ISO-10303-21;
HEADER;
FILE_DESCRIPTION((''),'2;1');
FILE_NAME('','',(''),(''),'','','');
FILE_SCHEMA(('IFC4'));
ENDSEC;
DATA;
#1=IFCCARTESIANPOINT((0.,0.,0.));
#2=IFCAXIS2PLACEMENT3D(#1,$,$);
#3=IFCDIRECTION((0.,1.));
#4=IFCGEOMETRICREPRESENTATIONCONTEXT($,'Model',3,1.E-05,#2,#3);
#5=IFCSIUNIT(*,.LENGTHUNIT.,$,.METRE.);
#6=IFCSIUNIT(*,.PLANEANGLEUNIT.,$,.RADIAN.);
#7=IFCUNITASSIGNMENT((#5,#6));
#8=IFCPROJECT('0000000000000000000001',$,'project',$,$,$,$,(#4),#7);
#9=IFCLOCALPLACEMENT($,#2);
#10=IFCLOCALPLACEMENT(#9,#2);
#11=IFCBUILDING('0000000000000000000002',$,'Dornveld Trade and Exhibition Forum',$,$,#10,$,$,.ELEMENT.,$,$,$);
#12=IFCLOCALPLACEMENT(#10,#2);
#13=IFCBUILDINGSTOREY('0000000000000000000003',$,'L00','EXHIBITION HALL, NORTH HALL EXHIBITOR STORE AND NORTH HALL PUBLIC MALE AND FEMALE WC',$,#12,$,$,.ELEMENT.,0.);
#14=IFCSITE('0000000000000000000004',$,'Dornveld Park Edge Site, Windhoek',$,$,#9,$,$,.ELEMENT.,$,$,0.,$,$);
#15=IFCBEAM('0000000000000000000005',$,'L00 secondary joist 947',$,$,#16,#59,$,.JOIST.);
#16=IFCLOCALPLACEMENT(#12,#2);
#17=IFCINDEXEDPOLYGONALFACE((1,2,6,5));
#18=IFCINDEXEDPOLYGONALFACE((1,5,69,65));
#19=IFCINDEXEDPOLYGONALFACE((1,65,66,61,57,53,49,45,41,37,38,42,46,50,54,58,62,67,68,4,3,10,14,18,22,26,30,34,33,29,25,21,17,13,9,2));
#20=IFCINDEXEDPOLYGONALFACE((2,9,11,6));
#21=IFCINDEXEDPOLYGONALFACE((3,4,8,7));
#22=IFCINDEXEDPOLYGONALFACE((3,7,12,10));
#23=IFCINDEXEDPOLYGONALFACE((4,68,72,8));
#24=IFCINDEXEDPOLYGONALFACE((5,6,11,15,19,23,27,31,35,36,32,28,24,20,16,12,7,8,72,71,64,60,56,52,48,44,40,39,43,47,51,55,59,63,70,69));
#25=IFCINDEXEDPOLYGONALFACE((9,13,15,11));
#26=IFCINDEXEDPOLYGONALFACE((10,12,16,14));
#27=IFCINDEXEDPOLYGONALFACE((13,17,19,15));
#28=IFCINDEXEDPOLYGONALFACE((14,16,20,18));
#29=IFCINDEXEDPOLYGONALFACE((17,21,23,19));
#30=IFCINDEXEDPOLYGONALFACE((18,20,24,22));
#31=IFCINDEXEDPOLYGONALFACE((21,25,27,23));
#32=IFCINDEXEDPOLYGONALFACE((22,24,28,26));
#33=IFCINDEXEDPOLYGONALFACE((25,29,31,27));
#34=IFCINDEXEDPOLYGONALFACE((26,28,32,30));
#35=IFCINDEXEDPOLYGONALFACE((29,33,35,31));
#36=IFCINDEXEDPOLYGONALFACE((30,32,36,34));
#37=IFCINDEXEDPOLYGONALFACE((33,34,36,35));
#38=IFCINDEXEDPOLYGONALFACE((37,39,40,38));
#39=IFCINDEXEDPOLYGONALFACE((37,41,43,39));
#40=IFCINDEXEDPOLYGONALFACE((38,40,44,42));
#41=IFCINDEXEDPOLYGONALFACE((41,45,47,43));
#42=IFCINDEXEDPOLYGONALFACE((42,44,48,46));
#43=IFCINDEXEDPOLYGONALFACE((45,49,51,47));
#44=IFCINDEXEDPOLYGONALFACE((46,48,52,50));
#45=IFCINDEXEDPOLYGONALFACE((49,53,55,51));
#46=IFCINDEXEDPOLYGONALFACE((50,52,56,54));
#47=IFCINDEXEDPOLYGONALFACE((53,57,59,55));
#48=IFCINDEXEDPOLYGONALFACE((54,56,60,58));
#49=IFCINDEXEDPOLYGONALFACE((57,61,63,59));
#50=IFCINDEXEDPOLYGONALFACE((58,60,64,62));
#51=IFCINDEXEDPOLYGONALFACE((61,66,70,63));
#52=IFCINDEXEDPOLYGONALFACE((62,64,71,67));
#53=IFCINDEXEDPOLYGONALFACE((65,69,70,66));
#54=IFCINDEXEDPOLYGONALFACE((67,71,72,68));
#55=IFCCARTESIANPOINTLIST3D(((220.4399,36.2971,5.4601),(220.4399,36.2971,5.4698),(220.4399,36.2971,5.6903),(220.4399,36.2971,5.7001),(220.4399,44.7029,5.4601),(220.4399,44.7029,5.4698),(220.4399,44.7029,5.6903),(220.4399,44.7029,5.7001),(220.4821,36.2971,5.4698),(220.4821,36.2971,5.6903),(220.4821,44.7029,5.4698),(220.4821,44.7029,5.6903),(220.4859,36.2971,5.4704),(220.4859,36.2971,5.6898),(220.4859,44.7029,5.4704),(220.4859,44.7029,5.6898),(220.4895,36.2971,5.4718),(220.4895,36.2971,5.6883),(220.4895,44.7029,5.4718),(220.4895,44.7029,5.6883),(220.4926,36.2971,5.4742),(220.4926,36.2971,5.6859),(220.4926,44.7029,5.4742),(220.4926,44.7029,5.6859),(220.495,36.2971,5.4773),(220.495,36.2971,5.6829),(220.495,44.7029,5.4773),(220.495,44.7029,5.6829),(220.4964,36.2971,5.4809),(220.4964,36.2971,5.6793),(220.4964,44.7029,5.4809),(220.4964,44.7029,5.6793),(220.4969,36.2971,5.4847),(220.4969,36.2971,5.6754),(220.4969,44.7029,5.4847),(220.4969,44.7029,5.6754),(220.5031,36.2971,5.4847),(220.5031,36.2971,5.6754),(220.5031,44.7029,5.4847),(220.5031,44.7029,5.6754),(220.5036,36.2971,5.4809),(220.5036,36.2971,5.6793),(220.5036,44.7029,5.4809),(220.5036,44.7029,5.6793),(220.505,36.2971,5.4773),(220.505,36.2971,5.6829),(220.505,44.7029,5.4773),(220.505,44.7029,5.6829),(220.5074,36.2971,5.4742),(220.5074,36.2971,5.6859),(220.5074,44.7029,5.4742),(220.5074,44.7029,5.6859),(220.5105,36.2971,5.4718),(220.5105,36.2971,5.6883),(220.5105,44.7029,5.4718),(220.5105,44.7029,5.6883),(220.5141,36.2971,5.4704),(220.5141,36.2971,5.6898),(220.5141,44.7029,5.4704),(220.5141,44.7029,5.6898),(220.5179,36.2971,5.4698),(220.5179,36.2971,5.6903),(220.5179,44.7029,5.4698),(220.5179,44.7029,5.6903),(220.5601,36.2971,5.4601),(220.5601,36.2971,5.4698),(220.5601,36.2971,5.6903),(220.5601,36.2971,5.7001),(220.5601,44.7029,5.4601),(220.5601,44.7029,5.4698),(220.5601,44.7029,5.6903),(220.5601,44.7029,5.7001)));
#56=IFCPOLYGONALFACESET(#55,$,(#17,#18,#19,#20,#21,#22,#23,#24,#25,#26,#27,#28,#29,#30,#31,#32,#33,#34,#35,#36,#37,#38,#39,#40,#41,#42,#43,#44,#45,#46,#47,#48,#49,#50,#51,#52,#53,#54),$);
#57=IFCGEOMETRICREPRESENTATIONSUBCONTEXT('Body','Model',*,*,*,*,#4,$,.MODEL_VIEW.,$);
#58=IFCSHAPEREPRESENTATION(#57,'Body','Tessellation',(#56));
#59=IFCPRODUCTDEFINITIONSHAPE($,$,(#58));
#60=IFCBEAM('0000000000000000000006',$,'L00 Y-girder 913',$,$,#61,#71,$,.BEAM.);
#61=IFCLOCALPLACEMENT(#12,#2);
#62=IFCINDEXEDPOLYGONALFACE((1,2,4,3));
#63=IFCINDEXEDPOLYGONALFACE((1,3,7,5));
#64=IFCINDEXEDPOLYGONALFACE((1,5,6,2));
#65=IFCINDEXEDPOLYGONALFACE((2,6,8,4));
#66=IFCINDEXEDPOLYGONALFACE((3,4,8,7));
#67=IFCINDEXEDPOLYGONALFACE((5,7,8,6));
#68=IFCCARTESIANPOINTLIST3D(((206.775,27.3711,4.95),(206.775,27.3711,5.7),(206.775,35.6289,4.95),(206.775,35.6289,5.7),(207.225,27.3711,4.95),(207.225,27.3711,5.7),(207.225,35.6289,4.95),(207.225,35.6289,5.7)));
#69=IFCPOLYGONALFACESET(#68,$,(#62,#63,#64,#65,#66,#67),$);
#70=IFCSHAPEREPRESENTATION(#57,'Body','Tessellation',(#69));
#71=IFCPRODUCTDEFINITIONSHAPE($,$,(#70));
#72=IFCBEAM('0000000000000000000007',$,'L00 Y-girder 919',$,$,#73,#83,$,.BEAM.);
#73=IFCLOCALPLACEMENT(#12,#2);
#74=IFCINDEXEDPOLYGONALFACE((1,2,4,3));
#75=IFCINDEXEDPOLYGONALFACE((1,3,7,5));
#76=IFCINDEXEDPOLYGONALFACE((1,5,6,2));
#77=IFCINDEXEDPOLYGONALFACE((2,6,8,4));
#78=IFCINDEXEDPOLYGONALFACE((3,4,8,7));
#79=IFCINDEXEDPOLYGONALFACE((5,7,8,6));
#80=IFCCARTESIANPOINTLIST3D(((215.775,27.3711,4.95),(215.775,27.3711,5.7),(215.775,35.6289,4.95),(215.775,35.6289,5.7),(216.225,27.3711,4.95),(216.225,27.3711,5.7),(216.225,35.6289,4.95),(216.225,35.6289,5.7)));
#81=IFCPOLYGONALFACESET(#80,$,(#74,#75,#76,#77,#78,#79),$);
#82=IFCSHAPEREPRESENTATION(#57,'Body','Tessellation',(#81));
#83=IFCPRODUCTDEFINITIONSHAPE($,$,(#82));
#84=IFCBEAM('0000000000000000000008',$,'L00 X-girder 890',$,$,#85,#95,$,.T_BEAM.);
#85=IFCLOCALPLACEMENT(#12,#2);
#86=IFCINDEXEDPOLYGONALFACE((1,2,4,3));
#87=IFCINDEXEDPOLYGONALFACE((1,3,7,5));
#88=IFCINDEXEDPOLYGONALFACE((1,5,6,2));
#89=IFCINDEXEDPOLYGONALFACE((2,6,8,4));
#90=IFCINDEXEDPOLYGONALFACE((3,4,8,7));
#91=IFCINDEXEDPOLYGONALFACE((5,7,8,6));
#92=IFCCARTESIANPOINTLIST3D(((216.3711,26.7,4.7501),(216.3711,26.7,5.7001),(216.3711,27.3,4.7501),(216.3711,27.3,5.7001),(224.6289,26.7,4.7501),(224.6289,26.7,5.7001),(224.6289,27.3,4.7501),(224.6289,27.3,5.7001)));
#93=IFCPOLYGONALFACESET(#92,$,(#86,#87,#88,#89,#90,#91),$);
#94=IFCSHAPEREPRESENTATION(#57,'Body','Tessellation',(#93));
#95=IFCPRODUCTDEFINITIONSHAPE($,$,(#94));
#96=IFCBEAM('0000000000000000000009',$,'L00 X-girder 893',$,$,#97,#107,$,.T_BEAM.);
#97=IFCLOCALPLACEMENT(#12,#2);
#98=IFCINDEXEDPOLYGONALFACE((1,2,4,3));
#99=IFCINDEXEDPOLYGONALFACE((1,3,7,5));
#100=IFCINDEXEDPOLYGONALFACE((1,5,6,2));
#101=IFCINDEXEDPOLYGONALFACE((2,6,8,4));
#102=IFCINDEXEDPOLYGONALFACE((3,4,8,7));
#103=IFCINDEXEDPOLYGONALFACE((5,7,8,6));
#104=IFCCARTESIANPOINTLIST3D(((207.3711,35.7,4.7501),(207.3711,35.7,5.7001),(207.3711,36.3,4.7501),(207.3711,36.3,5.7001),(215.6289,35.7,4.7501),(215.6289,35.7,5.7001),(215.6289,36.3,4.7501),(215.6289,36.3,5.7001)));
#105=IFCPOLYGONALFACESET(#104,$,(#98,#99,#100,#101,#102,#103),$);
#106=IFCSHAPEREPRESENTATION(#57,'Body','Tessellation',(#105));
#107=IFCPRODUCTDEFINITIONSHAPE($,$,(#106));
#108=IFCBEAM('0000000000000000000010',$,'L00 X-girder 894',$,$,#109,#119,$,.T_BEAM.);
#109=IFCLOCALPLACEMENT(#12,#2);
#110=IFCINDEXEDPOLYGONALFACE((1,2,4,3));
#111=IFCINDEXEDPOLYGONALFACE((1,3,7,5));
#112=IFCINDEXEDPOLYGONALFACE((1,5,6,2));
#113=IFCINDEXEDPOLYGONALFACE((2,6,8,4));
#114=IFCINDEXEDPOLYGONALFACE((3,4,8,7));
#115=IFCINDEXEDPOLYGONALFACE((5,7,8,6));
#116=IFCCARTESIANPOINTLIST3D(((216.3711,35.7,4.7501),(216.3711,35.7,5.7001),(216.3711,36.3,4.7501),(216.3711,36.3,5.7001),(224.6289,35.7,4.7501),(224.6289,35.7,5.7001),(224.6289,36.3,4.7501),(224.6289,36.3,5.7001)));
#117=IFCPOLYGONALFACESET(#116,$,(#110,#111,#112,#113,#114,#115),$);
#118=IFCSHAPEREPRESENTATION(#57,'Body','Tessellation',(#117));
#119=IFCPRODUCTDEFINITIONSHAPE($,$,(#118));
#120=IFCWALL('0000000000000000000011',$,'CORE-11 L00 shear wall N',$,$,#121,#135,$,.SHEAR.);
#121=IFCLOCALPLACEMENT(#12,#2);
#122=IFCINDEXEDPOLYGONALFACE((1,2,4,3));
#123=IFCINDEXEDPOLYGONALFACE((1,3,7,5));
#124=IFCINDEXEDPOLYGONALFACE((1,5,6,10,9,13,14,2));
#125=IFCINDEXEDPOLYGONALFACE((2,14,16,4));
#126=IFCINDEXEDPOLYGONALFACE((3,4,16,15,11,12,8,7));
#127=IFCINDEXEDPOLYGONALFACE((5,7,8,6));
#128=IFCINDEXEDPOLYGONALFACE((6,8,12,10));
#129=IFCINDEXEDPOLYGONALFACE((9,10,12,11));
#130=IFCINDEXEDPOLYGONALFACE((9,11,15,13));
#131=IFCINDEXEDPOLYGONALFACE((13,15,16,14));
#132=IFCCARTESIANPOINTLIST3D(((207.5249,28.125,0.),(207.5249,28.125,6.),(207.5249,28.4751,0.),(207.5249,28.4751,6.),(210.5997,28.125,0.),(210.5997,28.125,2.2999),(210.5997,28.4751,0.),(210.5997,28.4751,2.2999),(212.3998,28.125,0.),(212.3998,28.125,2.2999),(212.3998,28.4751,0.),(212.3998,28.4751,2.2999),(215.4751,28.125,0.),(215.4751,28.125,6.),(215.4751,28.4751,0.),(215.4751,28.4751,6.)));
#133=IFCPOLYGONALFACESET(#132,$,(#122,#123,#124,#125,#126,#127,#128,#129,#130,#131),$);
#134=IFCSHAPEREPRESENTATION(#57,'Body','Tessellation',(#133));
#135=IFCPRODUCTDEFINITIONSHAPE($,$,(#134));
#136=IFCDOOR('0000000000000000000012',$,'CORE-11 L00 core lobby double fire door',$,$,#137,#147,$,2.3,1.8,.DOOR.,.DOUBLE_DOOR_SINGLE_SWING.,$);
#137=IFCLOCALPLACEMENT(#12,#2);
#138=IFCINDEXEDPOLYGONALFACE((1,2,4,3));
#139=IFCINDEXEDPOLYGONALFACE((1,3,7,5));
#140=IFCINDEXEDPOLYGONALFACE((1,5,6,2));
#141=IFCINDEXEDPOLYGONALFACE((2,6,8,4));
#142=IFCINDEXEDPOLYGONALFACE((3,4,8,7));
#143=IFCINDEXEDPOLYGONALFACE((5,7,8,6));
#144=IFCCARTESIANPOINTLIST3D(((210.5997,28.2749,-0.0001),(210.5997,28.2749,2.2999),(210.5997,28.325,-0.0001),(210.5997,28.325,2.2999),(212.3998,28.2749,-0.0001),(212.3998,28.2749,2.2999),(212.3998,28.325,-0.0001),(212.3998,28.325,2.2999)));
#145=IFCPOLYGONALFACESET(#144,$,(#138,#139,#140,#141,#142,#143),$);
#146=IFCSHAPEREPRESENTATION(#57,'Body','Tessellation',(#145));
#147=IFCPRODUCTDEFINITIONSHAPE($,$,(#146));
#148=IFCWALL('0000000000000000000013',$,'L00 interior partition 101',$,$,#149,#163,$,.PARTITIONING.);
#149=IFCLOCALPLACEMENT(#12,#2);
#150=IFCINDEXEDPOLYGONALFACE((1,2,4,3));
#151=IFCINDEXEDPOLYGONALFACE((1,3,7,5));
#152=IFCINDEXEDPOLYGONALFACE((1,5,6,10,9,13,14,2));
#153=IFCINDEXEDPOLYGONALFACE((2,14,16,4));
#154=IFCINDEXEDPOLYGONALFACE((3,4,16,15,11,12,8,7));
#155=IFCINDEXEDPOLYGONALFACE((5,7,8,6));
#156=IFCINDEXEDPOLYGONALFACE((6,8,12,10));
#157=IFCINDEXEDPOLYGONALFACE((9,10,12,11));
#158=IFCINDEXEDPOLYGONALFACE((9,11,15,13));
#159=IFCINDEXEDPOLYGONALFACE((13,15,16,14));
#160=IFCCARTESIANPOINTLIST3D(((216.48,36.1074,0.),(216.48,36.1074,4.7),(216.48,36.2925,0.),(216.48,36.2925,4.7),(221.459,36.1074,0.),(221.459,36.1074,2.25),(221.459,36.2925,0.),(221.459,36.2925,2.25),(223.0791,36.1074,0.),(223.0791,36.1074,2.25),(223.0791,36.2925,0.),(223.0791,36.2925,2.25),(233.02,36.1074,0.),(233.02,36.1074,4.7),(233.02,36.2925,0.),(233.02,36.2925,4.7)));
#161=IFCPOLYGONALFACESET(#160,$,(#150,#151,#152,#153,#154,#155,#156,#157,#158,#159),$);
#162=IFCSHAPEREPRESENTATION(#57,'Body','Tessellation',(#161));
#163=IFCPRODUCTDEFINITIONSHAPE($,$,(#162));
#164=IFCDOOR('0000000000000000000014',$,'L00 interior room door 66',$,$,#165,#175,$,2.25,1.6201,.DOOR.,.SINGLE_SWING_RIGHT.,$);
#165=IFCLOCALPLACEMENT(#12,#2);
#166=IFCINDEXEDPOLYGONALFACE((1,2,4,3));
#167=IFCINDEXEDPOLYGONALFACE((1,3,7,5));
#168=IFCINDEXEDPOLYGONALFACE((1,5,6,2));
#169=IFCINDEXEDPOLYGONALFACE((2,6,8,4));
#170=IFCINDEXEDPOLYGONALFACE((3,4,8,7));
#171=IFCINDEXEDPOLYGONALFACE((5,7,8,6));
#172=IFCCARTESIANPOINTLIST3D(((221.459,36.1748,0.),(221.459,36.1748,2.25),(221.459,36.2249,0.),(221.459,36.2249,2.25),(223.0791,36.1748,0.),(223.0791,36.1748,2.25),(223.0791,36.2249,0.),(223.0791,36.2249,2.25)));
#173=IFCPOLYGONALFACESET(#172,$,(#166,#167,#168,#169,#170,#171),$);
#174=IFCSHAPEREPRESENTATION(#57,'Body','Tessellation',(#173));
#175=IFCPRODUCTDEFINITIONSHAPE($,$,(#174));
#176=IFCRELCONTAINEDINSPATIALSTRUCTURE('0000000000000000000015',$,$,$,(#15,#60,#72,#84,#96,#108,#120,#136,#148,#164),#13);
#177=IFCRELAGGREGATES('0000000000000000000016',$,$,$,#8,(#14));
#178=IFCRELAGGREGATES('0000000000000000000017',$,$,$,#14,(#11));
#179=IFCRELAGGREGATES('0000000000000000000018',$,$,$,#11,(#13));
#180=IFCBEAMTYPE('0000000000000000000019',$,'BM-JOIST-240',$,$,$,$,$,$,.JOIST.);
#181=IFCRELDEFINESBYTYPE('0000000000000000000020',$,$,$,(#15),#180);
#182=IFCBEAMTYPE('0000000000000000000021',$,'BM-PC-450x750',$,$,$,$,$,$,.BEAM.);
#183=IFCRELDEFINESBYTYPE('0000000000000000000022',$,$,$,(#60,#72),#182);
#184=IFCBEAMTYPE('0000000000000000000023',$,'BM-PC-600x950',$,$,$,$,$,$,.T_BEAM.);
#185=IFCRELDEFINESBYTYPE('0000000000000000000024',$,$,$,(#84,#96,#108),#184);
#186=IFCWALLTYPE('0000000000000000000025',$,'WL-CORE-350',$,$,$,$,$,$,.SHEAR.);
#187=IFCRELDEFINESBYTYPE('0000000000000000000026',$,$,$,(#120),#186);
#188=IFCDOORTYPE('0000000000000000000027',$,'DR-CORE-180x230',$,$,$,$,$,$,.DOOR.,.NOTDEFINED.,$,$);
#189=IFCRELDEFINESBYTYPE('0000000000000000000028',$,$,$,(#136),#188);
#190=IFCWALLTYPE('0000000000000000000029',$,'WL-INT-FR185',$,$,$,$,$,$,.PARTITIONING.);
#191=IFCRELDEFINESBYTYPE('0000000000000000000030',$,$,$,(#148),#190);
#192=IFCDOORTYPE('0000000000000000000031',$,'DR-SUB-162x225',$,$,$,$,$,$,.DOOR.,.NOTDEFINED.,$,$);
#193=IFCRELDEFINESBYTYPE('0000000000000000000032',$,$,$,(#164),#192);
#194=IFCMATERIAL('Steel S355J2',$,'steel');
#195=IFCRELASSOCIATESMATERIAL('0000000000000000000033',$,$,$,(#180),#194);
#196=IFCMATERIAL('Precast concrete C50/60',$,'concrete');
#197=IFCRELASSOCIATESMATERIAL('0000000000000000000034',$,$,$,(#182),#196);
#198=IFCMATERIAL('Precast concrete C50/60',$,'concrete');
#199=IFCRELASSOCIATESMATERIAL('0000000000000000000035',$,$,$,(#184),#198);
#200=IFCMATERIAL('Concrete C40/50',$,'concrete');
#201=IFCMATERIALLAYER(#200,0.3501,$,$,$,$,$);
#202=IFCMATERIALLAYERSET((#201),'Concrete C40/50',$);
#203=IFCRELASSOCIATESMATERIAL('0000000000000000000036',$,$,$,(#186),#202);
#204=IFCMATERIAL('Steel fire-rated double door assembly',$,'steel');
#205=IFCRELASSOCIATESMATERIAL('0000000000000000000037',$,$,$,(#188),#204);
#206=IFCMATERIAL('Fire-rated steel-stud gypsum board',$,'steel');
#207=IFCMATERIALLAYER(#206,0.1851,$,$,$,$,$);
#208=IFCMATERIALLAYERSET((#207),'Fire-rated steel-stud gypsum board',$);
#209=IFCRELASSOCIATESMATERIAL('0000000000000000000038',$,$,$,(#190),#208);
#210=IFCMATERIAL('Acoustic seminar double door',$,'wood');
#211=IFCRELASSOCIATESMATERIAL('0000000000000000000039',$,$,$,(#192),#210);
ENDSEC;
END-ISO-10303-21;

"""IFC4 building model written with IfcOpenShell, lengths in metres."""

from ifc_helpers import new_model, si_unit, direction, frame, frame_2d, origin, origin_2d, place, context, subcontext, project, spatial, rectangle, i_section, extrude, material, layer, layer_set, material_profile, profile_set, type_object, element, fill, save


model = new_model("IFC4")

# Units and contexts
model_context = context("Model", 3, precision=1e-05, world=origin(), true_north=direction((0.0, 1.0)))
body_context = subcontext(model_context, "Body", "Model", "MODEL_VIEW")
ifc_project = project(units=[si_unit("LENGTHUNIT", "METRE"), si_unit("PLANEANGLEUNIT", "RADIAN")], contexts=[model_context])

# Site, building, storey
site_placement = place(None, origin())
site = spatial("IfcSite", under=ifc_project, at=site_placement, Name="Dornveld Park Edge Site, Windhoek", CompositionType="ELEMENT", RefElevation=0.0)
building_placement = place(site_placement, origin())
building = spatial("IfcBuilding", under=site, at=building_placement, Name="Dornveld Trade and Exhibition Forum", CompositionType="ELEMENT")
storey_placement = place(building_placement, origin())
storey = spatial("IfcBuildingStorey", under=building, at=storey_placement, Name="L00", Description="EXHIBITION HALL, NORTH HALL EXHIBITOR STORE AND NORTH HALL PUBLIC MALE AND FEMALE WC", CompositionType="ELEMENT", Elevation=0.0)

# Beams
ifc_material_1 = material(Name="Steel S355J2", Category="steel")
ifc_material_profile_1 = material_profile(ifc_material_1, i_section(OverallWidth=0.1201, OverallDepth=0.24, WebThickness=0.0061, FlangeThickness=0.0098, FilletRadius=0.0149, at=origin_2d()), Name="IPE 240")
ifc_profile_set_1 = profile_set([ifc_material_profile_1], Name="Steel S355J2")
beam_type_1 = type_object("IfcBeamType", Name="BM-JOIST-240", PredefinedType="JOIST", material=ifc_profile_set_1)
for number, where, z_axis, x_axis, name in (
    (1, (220.5, 36.2971, 5.5801), (0.0, 1.0, 0.0), (-1.0, 0.0, 0.0), "L00 secondary joist 947"),
):
    element("IfcBeam", number, at=place(storey_placement, frame(where, z_axis=z_axis, x_axis=x_axis)), inside=storey, type_object=beam_type_1, Name=name, PredefinedType="JOIST", context=body_context, shape_type="SweptSolid", body=[
        extrude(i_section(OverallWidth=0.1201, OverallDepth=0.24, WebThickness=0.0061, FlangeThickness=0.0098, FilletRadius=0.0149, at=origin_2d()), origin(), (0.0, 0.0, 1.0), 8.4058),
    ])
ifc_material_2 = material(Name="Precast concrete C50/60", Category="concrete")
ifc_material_profile_2 = material_profile(ifc_material_2, rectangle(XDim=0.45, YDim=0.75, at=origin_2d()), Name="PC-BM 450x750")
ifc_profile_set_2 = profile_set([ifc_material_profile_2], Name="Precast concrete C50/60")
beam_type_2 = type_object("IfcBeamType", Name="BM-PC-450x750", PredefinedType="BEAM", material=ifc_profile_set_2)
for number, where, z_axis, x_axis, name in (
    (2, (207.0, 27.3711, 5.325), (0.0, 1.0, 0.0), (-1.0, 0.0, 0.0), "L00 Y-girder 913"),
    (3, (216.0, 27.3711, 5.325), (0.0, 1.0, 0.0), (-1.0, 0.0, 0.0), "L00 Y-girder 919"),
):
    element("IfcBeam", number, at=place(storey_placement, frame(where, z_axis=z_axis, x_axis=x_axis)), inside=storey, type_object=beam_type_2, Name=name, PredefinedType="BEAM", context=body_context, shape_type="SweptSolid", body=[
        extrude(rectangle(XDim=0.45, YDim=0.75, at=origin_2d()), origin(), (0.0, 0.0, 1.0), 8.2578),
    ])
ifc_material_3 = material(Name="Precast concrete C50/60", Category="concrete")
ifc_material_profile_3 = material_profile(ifc_material_3, rectangle(XDim=0.6001, YDim=0.95, at=origin_2d()), Name="PC-GIR 600x950")
ifc_profile_set_3 = profile_set([ifc_material_profile_3], Name="Precast concrete C50/60")
beam_type_3 = type_object("IfcBeamType", Name="BM-PC-600x950", PredefinedType="T_BEAM", material=ifc_profile_set_3)
for number, where, z_axis, x_axis, name in (
    (4, (216.3711, 27.0, 5.2251), (1.0, 0.0, 0.0), (0.0, 1.0, 0.0), "L00 X-girder 890"),
    (5, (207.3711, 36.0, 5.2251), (1.0, 0.0, 0.0), (0.0, 1.0, 0.0), "L00 X-girder 893"),
    (6, (216.3711, 36.0, 5.2251), (1.0, 0.0, 0.0), (0.0, 1.0, 0.0), "L00 X-girder 894"),
):
    element("IfcBeam", number, at=place(storey_placement, frame(where, z_axis=z_axis, x_axis=x_axis)), inside=storey, type_object=beam_type_3, Name=name, PredefinedType="T_BEAM", context=body_context, shape_type="SweptSolid", body=[
        extrude(rectangle(XDim=0.6001, YDim=0.95, at=origin_2d()), origin(), (0.0, 0.0, 1.0), 8.2578),
    ])

# Walls, openings, doors
ifc_material_4 = material(Name="Concrete C40/50", Category="concrete")
ifc_layer_1 = layer(ifc_material_4, 0.3501)
ifc_layer_set_1 = layer_set([ifc_layer_1], Name="Concrete C40/50")
wall_type_1 = type_object("IfcWallType", Name="WL-CORE-350", PredefinedType="SHEAR", material=ifc_layer_set_1)
wall_1_placement = place(storey_placement, frame((207.5249, 28.3, 0.0), z_axis=(0.0, 0.0, 1.0), x_axis=(1.0, 0.0, 0.0)))
wall_1 = element("IfcWall", 7, at=wall_1_placement, inside=storey, type_object=wall_type_1, Name="CORE-11 L00 shear wall N", PredefinedType="SHEAR", context=body_context, shape_type="SweptSolid", body=[
    extrude(rectangle(XDim=7.9502, YDim=0.3501, at=frame_2d((3.9751, 0.0))), origin(), (0.0, 0.0, 1.0), 6.0),
])
opening_1_placement = place(wall_1_placement, frame((3.075, 0.0, 0.0)))
opening_1 = element("IfcOpeningElement", 8, at=opening_1_placement, cuts=wall_1, PredefinedType="OPENING", context=body_context, shape_type="SweptSolid", body=[
    extrude(rectangle(XDim=1.8, YDim=2.3, at=frame_2d((0.8999, 1.1499))), frame((0.0, 0.1851, 0.0), z_axis=(0.0, -1.0, 0.0), x_axis=(1.0, 0.0, 0.0)), (0.0, 0.0, 1.0), 0.3701),
])
ifc_material_5 = material(Name="Steel fire-rated double door assembly", Category="steel")
door_type_1 = type_object("IfcDoorType", Name="DR-CORE-180x230", OperationType="NOTDEFINED", PredefinedType="DOOR", material=ifc_material_5)
door_1_placement = place(opening_1_placement, origin())
door_1 = element("IfcDoor", 9, at=door_1_placement, inside=storey, type_object=door_type_1, Name="CORE-11 L00 core lobby double fire door", OperationType="DOUBLE_DOOR_SINGLE_SWING", OverallHeight=2.3, OverallWidth=1.8, PredefinedType="DOOR", context=body_context, shape_type="SweptSolid", body=[
    extrude(rectangle(XDim=1.8, YDim=2.3, at=frame_2d((0.8999, 1.1499))), frame((0.0, 0.0249, 0.0), z_axis=(0.0, -1.0, 0.0), x_axis=(1.0, 0.0, 0.0)), (0.0, 0.0, 1.0), 0.05),
])
fill(opening_1, door_1)
ifc_material_6 = material(Name="Fire-rated steel-stud gypsum board", Category="steel")
ifc_layer_2 = layer(ifc_material_6, 0.1851)
ifc_layer_set_2 = layer_set([ifc_layer_2], Name="Fire-rated steel-stud gypsum board")
wall_type_2 = type_object("IfcWallType", Name="WL-INT-FR185", PredefinedType="PARTITIONING", material=ifc_layer_set_2)
wall_2_placement = place(storey_placement, frame((216.48, 36.2, 0.0), z_axis=(0.0, 0.0, 1.0), x_axis=(1.0, 0.0, 0.0)))
wall_2 = element("IfcWall", 10, at=wall_2_placement, inside=storey, type_object=wall_type_2, Name="L00 interior partition 101", PredefinedType="PARTITIONING", context=body_context, shape_type="SweptSolid", body=[
    extrude(rectangle(XDim=16.54, YDim=0.1851, at=frame_2d((8.27, 0.0))), origin(), (0.0, 0.0, 1.0), 4.7),
])
opening_2_placement = place(wall_2_placement, frame((4.979, 0.0, 0.0)))
opening_2 = element("IfcOpeningElement", 11, at=opening_2_placement, cuts=wall_2, PredefinedType="OPENING", context=body_context, shape_type="SweptSolid", body=[
    extrude(rectangle(XDim=1.6201, YDim=2.25, at=frame_2d((0.8101, 1.125))), frame((0.0, 0.1025, 0.0), z_axis=(0.0, -1.0, 0.0), x_axis=(1.0, 0.0, 0.0)), (0.0, 0.0, 1.0), 0.2051),
])
ifc_material_7 = material(Name="Acoustic seminar double door", Category="wood")
door_type_2 = type_object("IfcDoorType", Name="DR-SUB-162x225", OperationType="NOTDEFINED", PredefinedType="DOOR", material=ifc_material_7)
door_2_placement = place(opening_2_placement, origin())
door_2 = element("IfcDoor", 12, at=door_2_placement, inside=storey, type_object=door_type_2, Name="L00 interior room door 66", OperationType="SINGLE_SWING_RIGHT", OverallHeight=2.25, OverallWidth=1.6201, PredefinedType="DOOR", context=body_context, shape_type="SweptSolid", body=[
    extrude(rectangle(XDim=1.6201, YDim=2.25, at=frame_2d((0.8101, 1.125))), frame((0.0, 0.0249, 0.0), z_axis=(0.0, -1.0, 0.0), x_axis=(1.0, 0.0, 0.0)), (0.0, 0.0, 1.0), 0.05),
])
fill(opening_2, door_2)

save(model, "model.ifc")
